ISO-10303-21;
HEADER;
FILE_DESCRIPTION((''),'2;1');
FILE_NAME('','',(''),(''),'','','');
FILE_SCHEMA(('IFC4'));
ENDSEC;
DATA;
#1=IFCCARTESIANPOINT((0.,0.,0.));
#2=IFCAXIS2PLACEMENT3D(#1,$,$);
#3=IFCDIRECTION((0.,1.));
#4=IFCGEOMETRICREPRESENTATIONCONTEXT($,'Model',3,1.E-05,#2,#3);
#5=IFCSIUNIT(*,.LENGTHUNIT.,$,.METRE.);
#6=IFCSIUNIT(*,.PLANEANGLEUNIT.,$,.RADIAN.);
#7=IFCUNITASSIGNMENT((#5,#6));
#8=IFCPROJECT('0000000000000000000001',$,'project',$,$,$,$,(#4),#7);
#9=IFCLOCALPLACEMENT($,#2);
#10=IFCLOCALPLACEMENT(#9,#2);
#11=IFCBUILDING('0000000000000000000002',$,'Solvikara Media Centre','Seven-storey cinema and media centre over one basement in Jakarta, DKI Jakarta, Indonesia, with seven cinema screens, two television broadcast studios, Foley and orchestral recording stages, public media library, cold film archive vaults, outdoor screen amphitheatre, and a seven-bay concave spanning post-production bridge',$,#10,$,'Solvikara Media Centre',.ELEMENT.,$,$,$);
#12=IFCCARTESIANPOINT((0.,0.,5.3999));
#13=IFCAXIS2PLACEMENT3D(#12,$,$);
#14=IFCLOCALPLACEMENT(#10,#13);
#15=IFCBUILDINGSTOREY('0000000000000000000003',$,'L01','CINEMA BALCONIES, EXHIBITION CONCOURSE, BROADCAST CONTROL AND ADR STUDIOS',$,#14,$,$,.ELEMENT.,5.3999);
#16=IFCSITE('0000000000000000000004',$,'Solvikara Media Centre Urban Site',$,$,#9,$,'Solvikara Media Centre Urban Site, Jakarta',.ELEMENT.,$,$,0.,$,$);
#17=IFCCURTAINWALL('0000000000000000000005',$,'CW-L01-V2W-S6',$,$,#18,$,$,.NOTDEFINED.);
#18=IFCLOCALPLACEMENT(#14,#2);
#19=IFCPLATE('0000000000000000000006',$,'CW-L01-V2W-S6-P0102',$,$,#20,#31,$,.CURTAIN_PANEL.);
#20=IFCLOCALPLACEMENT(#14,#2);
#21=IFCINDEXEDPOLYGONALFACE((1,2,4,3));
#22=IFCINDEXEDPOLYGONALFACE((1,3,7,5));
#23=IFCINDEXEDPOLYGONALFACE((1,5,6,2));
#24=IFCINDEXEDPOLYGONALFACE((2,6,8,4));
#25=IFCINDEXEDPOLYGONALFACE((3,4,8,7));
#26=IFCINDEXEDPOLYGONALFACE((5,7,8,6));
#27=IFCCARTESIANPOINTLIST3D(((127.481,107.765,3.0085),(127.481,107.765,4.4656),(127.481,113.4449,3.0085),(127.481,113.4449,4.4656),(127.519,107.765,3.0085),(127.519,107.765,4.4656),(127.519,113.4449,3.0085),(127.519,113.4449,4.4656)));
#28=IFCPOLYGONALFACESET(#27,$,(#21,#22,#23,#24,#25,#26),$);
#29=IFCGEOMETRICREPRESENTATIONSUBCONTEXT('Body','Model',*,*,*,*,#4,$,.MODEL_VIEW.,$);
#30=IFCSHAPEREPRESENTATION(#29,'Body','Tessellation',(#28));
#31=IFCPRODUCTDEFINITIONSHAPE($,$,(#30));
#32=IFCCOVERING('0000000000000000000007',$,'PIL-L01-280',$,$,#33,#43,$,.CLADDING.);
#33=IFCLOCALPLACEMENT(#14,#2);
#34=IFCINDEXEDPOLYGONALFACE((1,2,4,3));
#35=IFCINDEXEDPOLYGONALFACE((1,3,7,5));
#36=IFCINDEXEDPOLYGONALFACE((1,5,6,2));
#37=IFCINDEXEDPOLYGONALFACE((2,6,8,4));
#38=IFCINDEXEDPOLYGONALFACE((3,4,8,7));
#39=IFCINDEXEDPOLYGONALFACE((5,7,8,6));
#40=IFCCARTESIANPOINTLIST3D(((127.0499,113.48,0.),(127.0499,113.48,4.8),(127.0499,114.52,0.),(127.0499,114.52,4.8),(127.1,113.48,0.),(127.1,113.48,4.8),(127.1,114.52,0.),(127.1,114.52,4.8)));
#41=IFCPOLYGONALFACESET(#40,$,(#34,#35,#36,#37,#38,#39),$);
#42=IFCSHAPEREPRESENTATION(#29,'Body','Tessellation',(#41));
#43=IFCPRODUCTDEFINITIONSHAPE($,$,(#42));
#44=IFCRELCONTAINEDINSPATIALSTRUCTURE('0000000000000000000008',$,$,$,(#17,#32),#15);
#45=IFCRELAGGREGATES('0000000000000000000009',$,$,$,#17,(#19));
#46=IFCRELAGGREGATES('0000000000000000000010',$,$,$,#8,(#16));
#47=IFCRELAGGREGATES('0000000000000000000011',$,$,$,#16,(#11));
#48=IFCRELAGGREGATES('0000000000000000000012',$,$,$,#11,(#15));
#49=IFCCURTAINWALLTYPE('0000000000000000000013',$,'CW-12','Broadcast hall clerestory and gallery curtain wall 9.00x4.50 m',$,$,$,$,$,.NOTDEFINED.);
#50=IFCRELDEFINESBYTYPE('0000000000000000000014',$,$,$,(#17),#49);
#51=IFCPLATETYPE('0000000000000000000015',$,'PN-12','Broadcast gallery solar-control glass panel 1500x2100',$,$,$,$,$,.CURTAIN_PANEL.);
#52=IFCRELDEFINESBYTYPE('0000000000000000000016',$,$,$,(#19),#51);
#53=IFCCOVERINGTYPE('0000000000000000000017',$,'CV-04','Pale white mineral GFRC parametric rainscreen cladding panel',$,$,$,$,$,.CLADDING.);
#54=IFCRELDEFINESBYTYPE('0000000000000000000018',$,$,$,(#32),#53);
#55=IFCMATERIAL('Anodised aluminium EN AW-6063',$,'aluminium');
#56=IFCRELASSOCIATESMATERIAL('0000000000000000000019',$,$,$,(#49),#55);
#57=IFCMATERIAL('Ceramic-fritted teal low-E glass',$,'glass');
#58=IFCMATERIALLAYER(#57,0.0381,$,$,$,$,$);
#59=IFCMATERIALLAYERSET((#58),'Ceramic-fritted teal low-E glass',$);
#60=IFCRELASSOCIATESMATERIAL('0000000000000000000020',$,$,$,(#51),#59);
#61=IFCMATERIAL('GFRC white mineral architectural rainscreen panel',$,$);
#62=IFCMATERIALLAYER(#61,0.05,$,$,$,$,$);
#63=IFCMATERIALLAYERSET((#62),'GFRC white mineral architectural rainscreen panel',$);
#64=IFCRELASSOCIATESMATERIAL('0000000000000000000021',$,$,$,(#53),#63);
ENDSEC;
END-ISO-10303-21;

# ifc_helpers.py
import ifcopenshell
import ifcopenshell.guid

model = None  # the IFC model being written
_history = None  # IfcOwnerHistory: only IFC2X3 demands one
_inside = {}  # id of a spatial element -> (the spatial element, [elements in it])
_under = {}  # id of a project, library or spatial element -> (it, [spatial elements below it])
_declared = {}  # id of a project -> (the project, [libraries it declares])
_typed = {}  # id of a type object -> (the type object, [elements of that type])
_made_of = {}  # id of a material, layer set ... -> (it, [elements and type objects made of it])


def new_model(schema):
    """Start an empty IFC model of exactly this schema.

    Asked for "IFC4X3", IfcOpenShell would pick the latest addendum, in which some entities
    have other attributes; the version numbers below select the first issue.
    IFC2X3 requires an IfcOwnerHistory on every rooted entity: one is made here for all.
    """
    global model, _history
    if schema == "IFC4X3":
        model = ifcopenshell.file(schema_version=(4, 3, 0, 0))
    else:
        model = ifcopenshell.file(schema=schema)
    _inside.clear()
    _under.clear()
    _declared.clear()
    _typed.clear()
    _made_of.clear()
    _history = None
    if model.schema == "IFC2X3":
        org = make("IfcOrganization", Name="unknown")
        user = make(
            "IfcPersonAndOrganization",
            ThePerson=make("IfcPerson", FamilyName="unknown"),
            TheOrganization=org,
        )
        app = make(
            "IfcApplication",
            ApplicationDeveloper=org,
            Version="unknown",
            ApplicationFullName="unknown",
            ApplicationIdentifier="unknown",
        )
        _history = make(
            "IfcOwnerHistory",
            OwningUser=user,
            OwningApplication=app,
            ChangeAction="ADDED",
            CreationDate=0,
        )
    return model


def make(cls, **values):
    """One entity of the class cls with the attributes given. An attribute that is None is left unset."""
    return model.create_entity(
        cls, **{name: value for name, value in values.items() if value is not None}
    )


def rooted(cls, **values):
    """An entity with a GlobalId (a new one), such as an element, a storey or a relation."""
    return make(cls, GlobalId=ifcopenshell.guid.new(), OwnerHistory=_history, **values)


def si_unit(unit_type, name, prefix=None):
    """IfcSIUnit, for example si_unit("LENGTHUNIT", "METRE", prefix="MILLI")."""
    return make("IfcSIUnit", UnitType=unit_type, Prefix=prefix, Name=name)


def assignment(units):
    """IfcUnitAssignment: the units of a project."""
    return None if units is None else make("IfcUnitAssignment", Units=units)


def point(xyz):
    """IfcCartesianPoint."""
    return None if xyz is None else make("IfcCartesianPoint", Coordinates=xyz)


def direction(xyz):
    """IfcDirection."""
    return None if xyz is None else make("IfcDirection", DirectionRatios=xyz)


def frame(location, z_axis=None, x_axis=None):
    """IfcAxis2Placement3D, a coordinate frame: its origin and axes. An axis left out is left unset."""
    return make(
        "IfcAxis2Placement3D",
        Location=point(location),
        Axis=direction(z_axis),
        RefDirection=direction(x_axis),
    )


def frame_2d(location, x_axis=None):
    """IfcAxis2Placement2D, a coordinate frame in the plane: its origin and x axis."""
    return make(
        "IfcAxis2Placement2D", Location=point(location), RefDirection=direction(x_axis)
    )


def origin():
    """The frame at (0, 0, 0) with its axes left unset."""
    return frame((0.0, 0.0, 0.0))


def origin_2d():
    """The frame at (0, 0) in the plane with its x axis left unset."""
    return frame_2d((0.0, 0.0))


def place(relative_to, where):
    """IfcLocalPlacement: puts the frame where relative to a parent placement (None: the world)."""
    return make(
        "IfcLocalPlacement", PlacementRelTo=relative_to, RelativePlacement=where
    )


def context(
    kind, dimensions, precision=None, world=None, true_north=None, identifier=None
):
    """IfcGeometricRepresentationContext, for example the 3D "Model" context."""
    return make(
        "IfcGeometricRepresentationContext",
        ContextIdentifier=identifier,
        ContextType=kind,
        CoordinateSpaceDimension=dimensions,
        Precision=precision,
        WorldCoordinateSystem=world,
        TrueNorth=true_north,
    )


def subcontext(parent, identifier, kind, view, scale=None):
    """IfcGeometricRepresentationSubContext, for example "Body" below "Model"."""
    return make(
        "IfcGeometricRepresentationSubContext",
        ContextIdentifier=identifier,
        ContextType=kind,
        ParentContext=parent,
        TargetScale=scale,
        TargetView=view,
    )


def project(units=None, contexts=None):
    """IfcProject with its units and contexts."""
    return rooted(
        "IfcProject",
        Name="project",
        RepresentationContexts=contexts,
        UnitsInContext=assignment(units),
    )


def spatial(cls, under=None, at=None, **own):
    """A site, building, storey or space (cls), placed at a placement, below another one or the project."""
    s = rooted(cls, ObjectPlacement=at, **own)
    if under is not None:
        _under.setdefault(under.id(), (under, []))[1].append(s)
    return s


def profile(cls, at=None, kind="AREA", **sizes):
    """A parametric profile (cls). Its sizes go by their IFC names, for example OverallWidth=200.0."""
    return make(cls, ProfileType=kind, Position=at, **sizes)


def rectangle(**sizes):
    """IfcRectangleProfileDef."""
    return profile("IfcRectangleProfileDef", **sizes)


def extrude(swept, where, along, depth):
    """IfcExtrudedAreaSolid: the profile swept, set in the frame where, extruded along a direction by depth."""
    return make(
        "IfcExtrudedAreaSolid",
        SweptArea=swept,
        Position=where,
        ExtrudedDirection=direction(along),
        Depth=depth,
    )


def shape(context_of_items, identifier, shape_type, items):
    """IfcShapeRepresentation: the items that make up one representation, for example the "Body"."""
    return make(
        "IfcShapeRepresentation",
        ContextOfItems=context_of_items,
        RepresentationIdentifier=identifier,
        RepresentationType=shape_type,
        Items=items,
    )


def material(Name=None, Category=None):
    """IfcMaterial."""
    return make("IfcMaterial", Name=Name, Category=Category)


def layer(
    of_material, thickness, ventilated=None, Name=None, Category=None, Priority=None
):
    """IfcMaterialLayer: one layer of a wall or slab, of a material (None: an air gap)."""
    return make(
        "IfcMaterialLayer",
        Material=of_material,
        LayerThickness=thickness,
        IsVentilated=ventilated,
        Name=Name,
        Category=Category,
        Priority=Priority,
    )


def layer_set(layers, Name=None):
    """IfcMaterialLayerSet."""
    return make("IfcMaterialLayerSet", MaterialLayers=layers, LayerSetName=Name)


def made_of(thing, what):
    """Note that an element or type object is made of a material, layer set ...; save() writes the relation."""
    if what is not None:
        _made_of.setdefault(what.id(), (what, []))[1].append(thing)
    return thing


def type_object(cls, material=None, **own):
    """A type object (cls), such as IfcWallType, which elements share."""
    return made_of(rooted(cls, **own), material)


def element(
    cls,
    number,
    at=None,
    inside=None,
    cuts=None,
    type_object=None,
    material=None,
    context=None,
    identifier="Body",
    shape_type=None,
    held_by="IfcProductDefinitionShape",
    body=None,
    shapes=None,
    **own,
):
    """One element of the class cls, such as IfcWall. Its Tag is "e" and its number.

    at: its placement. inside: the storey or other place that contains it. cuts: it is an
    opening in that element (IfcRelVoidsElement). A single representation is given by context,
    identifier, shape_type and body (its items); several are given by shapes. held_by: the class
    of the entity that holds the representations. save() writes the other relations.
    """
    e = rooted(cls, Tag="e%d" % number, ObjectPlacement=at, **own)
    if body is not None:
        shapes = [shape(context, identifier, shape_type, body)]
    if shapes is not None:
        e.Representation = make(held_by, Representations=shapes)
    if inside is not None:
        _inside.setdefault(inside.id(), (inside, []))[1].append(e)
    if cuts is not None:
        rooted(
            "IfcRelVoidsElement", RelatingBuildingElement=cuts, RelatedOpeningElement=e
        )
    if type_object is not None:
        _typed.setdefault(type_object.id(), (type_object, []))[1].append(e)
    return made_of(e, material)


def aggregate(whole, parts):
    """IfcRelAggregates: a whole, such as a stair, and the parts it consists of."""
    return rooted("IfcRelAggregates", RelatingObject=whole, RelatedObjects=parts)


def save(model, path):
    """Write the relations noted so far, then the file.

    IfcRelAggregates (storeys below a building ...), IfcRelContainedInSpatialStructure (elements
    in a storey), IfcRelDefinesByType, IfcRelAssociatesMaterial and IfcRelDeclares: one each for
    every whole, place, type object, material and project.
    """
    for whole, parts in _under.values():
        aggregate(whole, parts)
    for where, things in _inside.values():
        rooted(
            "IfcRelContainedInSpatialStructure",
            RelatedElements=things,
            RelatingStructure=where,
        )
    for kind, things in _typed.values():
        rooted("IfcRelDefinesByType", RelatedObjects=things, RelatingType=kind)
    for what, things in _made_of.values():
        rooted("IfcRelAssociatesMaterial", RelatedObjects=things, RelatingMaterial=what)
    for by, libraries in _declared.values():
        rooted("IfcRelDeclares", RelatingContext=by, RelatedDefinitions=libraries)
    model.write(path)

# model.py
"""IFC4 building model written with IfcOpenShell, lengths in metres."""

from ifc_helpers import new_model, si_unit, direction, frame, origin, origin_2d, place, context, subcontext, project, spatial, rectangle, extrude, material, layer, layer_set, type_object, element, aggregate, save


model = new_model("IFC4")

# Units and contexts
model_context = context("Model", 3, precision=1e-05, world=origin(), true_north=direction((0.0, 1.0)))
body_context = subcontext(model_context, "Body", "Model", "MODEL_VIEW")
ifc_project = project(units=[si_unit("LENGTHUNIT", "METRE"), si_unit("PLANEANGLEUNIT", "RADIAN")], contexts=[model_context])

# Site, building, storey
site_placement = place(None, origin())
site = spatial("IfcSite", under=ifc_project, at=site_placement, Name="Solvikara Media Centre Urban Site", LongName="Solvikara Media Centre Urban Site, Jakarta", CompositionType="ELEMENT", RefElevation=0.0)
building_placement = place(site_placement, origin())
building = spatial("IfcBuilding", under=site, at=building_placement, Name="Solvikara Media Centre", Description="Seven-storey cinema and media centre over one basement in Jakarta, DKI Jakarta, Indonesia, with seven cinema screens, two television broadcast studios, Foley and orchestral recording stages, public media library, cold film archive vaults, outdoor screen amphitheatre, and a seven-bay concave spanning post-production bridge", LongName="Solvikara Media Centre", CompositionType="ELEMENT")
storey_placement = place(building_placement, frame((0.0, 0.0, 5.3999)))
storey = spatial("IfcBuildingStorey", under=building, at=storey_placement, Name="L01", Description="CINEMA BALCONIES, EXHIBITION CONCOURSE, BROADCAST CONTROL AND ADR STUDIOS", CompositionType="ELEMENT", Elevation=5.3999)

# Shared definitions
ifc_material_1 = material(Name="Anodised aluminium EN AW-6063", Category="aluminium")
curtain_wall_type = type_object("IfcCurtainWallType", Name="CW-12", Description="Broadcast hall clerestory and gallery curtain wall 9.00x4.50 m", PredefinedType="NOTDEFINED", material=ifc_material_1)

# Curtain wall
curtain_wall_1_placement = place(storey_placement, origin())
curtain_wall_1 = element("IfcCurtainWall", 1, at=curtain_wall_1_placement, inside=storey, type_object=curtain_wall_type, Name="CW-L01-V2W-S6", PredefinedType="NOTDEFINED")

# Plate
ifc_material_2 = material(Name="Ceramic-fritted teal low-E glass", Category="glass")
ifc_layer_1 = layer(ifc_material_2, 0.0381)
ifc_layer_set_1 = layer_set([ifc_layer_1], Name="Ceramic-fritted teal low-E glass")
plate_type = type_object("IfcPlateType", Name="PN-12", Description="Broadcast gallery solar-control glass panel 1500x2100", PredefinedType="CURTAIN_PANEL", material=ifc_layer_set_1)
plate_1_placement = place(storey_placement, frame((127.5, 110.605, 3.0085), z_axis=(0.0, 0.0, 1.0), x_axis=(0.0, 1.0, 0.0)))
plate_1 = element("IfcPlate", 2, at=plate_1_placement, type_object=plate_type, Name="CW-L01-V2W-S6-P0102", PredefinedType="CURTAIN_PANEL", context=body_context, shape_type="SweptSolid", body=[
    extrude(rectangle(XDim=5.6799, YDim=0.0381, at=origin_2d()), origin(), (0.0, 0.0, 1.0), 1.457),
])
aggregate(curtain_wall_1, [plate_1])

# Covering
ifc_material_3 = material(Name="GFRC white mineral architectural rainscreen panel")
ifc_layer_2 = layer(ifc_material_3, 0.05)
ifc_layer_set_2 = layer_set([ifc_layer_2], Name="GFRC white mineral architectural rainscreen panel")
covering_type = type_object("IfcCoveringType", Name="CV-04", Description="Pale white mineral GFRC parametric rainscreen cladding panel", PredefinedType="CLADDING", material=ifc_layer_set_2)
covering_placement = place(storey_placement, frame((127.075, 114.0, 0.0), z_axis=(0.0, 0.0, 1.0), x_axis=(0.0, -1.0, 0.0)))
element("IfcCovering", 3, at=covering_placement, inside=storey, type_object=covering_type, Name="PIL-L01-280", PredefinedType="CLADDING", context=body_context, shape_type="SweptSolid", body=[
    extrude(rectangle(XDim=1.04, YDim=0.05, at=origin_2d()), origin(), (0.0, 0.0, 1.0), 4.8),
])

save(model, "model.ifc")
